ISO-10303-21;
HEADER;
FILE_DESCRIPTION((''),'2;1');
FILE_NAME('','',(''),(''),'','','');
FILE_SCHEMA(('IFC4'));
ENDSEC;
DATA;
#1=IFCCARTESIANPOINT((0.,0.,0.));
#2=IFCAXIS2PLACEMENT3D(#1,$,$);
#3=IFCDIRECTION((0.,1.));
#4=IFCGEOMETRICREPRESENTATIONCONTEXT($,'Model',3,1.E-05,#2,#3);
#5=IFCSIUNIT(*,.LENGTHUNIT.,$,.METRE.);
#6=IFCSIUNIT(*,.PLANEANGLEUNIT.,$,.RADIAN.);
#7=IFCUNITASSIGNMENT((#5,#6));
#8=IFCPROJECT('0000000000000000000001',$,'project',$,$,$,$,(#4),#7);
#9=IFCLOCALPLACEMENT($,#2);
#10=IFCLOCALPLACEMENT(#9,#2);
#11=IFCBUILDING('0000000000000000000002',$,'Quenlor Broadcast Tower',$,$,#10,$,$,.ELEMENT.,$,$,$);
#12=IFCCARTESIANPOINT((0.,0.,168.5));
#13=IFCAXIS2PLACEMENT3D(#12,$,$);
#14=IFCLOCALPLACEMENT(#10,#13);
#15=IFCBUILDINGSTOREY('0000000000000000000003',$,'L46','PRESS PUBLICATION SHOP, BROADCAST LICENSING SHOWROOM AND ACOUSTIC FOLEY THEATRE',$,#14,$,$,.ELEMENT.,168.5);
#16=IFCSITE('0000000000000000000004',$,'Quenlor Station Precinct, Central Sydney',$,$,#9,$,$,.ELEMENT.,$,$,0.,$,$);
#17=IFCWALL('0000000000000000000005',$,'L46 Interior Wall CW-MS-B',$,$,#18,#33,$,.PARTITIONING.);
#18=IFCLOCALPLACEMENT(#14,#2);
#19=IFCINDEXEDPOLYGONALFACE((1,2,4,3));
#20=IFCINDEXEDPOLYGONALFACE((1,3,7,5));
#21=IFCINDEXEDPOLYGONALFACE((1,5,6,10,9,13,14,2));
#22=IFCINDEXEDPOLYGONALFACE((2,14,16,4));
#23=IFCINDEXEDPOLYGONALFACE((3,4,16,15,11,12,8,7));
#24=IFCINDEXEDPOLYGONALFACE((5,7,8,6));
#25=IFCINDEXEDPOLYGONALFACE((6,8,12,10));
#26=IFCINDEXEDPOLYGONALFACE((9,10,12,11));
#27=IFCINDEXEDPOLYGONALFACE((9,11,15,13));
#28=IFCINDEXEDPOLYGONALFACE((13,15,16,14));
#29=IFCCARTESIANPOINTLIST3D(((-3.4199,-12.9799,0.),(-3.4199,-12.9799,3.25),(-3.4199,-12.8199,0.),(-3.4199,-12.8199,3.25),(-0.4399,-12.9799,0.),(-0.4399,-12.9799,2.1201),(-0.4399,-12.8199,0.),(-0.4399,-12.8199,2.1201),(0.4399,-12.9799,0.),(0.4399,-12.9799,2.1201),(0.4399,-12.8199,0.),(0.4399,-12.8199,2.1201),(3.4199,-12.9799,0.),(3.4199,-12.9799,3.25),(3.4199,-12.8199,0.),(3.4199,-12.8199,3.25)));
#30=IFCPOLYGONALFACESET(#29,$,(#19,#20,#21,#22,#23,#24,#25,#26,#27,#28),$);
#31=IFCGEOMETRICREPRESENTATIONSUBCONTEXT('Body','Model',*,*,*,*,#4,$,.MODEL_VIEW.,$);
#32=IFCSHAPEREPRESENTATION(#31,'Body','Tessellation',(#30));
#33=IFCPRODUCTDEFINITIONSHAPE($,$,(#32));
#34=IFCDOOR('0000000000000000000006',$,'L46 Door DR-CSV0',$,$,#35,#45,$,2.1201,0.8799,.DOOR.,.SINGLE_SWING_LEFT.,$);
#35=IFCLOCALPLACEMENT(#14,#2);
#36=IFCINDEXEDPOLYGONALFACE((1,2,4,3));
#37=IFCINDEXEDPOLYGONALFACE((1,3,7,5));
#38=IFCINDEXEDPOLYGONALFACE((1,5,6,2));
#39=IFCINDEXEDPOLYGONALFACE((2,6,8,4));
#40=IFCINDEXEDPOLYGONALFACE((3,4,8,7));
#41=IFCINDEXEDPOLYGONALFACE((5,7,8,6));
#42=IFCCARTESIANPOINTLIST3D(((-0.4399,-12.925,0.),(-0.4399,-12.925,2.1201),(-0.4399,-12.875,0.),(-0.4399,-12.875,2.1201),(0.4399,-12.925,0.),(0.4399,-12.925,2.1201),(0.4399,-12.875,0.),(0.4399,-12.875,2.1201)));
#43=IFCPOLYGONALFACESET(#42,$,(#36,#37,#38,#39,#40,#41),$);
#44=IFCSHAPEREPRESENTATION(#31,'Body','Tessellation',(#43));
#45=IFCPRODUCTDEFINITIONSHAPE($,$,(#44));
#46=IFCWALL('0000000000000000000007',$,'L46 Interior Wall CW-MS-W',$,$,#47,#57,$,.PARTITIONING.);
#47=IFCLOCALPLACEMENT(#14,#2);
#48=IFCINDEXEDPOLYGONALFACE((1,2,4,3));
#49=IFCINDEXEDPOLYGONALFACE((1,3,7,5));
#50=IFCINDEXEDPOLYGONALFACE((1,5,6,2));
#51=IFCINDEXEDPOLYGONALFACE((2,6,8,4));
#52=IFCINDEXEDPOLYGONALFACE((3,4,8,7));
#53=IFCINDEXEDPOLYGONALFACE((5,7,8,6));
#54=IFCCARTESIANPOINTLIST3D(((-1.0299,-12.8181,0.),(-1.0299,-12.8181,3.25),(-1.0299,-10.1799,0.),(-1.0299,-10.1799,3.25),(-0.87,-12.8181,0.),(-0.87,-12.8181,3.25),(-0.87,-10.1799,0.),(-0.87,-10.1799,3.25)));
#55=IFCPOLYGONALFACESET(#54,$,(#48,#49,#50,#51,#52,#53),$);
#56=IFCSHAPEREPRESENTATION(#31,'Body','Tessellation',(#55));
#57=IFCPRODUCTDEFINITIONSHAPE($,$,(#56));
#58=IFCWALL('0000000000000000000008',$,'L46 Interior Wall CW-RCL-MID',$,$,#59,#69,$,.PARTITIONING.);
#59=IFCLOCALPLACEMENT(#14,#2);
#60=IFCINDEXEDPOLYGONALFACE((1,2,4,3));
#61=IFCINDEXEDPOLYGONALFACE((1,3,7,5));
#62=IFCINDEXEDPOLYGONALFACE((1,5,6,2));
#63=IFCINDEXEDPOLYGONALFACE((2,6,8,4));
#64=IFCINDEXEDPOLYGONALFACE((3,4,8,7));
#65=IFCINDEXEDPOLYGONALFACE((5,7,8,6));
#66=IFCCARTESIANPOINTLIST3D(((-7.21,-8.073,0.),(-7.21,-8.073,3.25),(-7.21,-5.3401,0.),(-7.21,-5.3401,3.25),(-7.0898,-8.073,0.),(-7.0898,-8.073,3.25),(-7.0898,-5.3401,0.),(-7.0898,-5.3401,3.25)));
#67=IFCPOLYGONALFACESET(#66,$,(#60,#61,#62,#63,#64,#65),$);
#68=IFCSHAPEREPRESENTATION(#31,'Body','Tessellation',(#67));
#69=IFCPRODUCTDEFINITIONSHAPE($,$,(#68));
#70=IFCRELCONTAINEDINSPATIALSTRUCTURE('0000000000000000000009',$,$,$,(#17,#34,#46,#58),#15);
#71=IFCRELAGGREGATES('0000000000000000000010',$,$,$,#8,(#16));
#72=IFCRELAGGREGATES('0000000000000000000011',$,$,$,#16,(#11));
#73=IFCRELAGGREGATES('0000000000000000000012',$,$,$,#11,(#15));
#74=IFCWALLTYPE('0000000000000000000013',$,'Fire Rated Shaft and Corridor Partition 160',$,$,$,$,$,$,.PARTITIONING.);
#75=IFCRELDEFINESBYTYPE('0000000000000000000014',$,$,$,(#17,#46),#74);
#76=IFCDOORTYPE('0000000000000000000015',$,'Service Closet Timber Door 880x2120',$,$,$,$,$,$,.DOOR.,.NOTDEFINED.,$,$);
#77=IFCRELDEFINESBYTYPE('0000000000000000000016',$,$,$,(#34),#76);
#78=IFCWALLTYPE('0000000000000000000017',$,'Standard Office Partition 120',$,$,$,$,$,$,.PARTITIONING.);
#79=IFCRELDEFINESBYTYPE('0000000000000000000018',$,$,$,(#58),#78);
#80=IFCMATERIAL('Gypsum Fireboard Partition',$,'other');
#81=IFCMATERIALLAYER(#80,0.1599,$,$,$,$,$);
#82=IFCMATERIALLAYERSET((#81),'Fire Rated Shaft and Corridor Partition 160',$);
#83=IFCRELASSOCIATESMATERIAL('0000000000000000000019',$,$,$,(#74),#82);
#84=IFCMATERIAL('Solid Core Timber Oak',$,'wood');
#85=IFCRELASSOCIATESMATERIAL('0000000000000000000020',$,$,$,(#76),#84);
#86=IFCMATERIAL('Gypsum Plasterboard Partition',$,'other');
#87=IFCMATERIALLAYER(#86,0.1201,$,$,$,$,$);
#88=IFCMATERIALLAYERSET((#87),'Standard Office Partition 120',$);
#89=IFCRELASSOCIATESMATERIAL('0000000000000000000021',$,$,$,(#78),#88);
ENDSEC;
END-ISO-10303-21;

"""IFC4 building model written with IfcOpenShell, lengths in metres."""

from ifc_helpers import new_model, si_unit, direction, frame, frame_2d, origin, place, context, subcontext, project, spatial, rectangle, extrude, material, layer, layer_set, type_object, element, fill, save


model = new_model("IFC4")

# Units and contexts
model_context = context("Model", 3, precision=1e-05, world=origin(), true_north=direction((0.0, 1.0)))
body_context = subcontext(model_context, "Body", "Model", "MODEL_VIEW")
ifc_project = project(units=[si_unit("LENGTHUNIT", "METRE"), si_unit("PLANEANGLEUNIT", "RADIAN")], contexts=[model_context])

# Site, building, storey
site_placement = place(None, origin())
site = spatial("IfcSite", under=ifc_project, at=site_placement, Name="Quenlor Station Precinct, Central Sydney", CompositionType="ELEMENT", RefElevation=0.0)
building_placement = place(site_placement, origin())
building = spatial("IfcBuilding", under=site, at=building_placement, Name="Quenlor Broadcast Tower", CompositionType="ELEMENT")
storey_placement = place(building_placement, frame((0.0, 0.0, 168.5)))
storey = spatial("IfcBuildingStorey", under=building, at=storey_placement, Name="L46", Description="PRESS PUBLICATION SHOP, BROADCAST LICENSING SHOWROOM AND ACOUSTIC FOLEY THEATRE", CompositionType="ELEMENT", Elevation=168.5)

# Shared definitions
ifc_material_1 = material(Name="Gypsum Fireboard Partition", Category="other")
ifc_layer_1 = layer(ifc_material_1, 0.1599)
ifc_layer_set_1 = layer_set([ifc_layer_1], Name="Fire Rated Shaft and Corridor Partition 160")
wall_type_1 = type_object("IfcWallType", Name="Fire Rated Shaft and Corridor Partition 160", PredefinedType="PARTITIONING", material=ifc_layer_set_1)

# Wall, opening, door
wall_1_placement = place(storey_placement, frame((-3.4199, -12.8999, 0.0), z_axis=(0.0, 0.0, 1.0), x_axis=(1.0, 0.0, 0.0)))
wall_1 = element("IfcWall", 1, at=wall_1_placement, inside=storey, type_object=wall_type_1, Name="L46 Interior Wall CW-MS-B", PredefinedType="PARTITIONING", context=body_context, shape_type="SweptSolid", body=[
    extrude(rectangle(XDim=6.8398, YDim=0.1599, at=frame_2d((3.4199, 0.0))), origin(), (0.0, 0.0, 1.0), 3.25),
])
opening_1_placement = place(wall_1_placement, frame((2.98, 0.0, 0.0)))
opening_1 = element("IfcOpeningElement", 2, at=opening_1_placement, cuts=wall_1, PredefinedType="OPENING", context=body_context, shape_type="SweptSolid", body=[
    extrude(rectangle(XDim=0.8799, YDim=2.1201, at=frame_2d((0.4399, 1.0601))), frame((0.0, 0.0898, 0.0), z_axis=(0.0, -1.0, 0.0), x_axis=(1.0, 0.0, 0.0)), (0.0, 0.0, 1.0), 0.1799),
])
ifc_material_2 = material(Name="Solid Core Timber Oak", Category="wood")
door_type_1 = type_object("IfcDoorType", Name="Service Closet Timber Door 880x2120", OperationType="NOTDEFINED", PredefinedType="DOOR", material=ifc_material_2)
door_1_placement = place(opening_1_placement, origin())
door_1 = element("IfcDoor", 3, at=door_1_placement, inside=storey, type_object=door_type_1, Name="L46 Door DR-CSV0", OperationType="SINGLE_SWING_LEFT", OverallHeight=2.1201, OverallWidth=0.8799, PredefinedType="DOOR", context=body_context, shape_type="SweptSolid", body=[
    extrude(rectangle(XDim=0.8799, YDim=2.1201, at=frame_2d((0.4399, 1.0601))), frame((0.0, 0.0249, 0.0), z_axis=(0.0, -1.0, 0.0), x_axis=(1.0, 0.0, 0.0)), (0.0, 0.0, 1.0), 0.05),
])
fill(opening_1, door_1)

# Walls
wall_2_placement = place(storey_placement, frame((-0.95, -12.8181, 0.0), z_axis=(0.0, 0.0, 1.0), x_axis=(0.0, 1.0, 0.0)))
element("IfcWall", 4, at=wall_2_placement, inside=storey, type_object=wall_type_1, Name="L46 Interior Wall CW-MS-W", PredefinedType="PARTITIONING", context=body_context, shape_type="SweptSolid", body=[
    extrude(rectangle(XDim=2.6382, YDim=0.1599, at=frame_2d((1.3191, 0.0))), origin(), (0.0, 0.0, 1.0), 3.25),
])
ifc_material_3 = material(Name="Gypsum Plasterboard Partition", Category="other")
ifc_layer_2 = layer(ifc_material_3, 0.1201)
ifc_layer_set_2 = layer_set([ifc_layer_2], Name="Standard Office Partition 120")
wall_type_2 = type_object("IfcWallType", Name="Standard Office Partition 120", PredefinedType="PARTITIONING", material=ifc_layer_set_2)
wall_3_placement = place(storey_placement, frame((-7.1499, -8.073, 0.0), z_axis=(0.0, 0.0, 1.0), x_axis=(0.0, 1.0, 0.0)))
element("IfcWall", 5, at=wall_3_placement, inside=storey, type_object=wall_type_2, Name="L46 Interior Wall CW-RCL-MID", PredefinedType="PARTITIONING", context=body_context, shape_type="SweptSolid", body=[
    extrude(rectangle(XDim=2.7329, YDim=0.1201, at=frame_2d((1.3665, 0.0))), origin(), (0.0, 0.0, 1.0), 3.25),
])

save(model, "model.ifc")
